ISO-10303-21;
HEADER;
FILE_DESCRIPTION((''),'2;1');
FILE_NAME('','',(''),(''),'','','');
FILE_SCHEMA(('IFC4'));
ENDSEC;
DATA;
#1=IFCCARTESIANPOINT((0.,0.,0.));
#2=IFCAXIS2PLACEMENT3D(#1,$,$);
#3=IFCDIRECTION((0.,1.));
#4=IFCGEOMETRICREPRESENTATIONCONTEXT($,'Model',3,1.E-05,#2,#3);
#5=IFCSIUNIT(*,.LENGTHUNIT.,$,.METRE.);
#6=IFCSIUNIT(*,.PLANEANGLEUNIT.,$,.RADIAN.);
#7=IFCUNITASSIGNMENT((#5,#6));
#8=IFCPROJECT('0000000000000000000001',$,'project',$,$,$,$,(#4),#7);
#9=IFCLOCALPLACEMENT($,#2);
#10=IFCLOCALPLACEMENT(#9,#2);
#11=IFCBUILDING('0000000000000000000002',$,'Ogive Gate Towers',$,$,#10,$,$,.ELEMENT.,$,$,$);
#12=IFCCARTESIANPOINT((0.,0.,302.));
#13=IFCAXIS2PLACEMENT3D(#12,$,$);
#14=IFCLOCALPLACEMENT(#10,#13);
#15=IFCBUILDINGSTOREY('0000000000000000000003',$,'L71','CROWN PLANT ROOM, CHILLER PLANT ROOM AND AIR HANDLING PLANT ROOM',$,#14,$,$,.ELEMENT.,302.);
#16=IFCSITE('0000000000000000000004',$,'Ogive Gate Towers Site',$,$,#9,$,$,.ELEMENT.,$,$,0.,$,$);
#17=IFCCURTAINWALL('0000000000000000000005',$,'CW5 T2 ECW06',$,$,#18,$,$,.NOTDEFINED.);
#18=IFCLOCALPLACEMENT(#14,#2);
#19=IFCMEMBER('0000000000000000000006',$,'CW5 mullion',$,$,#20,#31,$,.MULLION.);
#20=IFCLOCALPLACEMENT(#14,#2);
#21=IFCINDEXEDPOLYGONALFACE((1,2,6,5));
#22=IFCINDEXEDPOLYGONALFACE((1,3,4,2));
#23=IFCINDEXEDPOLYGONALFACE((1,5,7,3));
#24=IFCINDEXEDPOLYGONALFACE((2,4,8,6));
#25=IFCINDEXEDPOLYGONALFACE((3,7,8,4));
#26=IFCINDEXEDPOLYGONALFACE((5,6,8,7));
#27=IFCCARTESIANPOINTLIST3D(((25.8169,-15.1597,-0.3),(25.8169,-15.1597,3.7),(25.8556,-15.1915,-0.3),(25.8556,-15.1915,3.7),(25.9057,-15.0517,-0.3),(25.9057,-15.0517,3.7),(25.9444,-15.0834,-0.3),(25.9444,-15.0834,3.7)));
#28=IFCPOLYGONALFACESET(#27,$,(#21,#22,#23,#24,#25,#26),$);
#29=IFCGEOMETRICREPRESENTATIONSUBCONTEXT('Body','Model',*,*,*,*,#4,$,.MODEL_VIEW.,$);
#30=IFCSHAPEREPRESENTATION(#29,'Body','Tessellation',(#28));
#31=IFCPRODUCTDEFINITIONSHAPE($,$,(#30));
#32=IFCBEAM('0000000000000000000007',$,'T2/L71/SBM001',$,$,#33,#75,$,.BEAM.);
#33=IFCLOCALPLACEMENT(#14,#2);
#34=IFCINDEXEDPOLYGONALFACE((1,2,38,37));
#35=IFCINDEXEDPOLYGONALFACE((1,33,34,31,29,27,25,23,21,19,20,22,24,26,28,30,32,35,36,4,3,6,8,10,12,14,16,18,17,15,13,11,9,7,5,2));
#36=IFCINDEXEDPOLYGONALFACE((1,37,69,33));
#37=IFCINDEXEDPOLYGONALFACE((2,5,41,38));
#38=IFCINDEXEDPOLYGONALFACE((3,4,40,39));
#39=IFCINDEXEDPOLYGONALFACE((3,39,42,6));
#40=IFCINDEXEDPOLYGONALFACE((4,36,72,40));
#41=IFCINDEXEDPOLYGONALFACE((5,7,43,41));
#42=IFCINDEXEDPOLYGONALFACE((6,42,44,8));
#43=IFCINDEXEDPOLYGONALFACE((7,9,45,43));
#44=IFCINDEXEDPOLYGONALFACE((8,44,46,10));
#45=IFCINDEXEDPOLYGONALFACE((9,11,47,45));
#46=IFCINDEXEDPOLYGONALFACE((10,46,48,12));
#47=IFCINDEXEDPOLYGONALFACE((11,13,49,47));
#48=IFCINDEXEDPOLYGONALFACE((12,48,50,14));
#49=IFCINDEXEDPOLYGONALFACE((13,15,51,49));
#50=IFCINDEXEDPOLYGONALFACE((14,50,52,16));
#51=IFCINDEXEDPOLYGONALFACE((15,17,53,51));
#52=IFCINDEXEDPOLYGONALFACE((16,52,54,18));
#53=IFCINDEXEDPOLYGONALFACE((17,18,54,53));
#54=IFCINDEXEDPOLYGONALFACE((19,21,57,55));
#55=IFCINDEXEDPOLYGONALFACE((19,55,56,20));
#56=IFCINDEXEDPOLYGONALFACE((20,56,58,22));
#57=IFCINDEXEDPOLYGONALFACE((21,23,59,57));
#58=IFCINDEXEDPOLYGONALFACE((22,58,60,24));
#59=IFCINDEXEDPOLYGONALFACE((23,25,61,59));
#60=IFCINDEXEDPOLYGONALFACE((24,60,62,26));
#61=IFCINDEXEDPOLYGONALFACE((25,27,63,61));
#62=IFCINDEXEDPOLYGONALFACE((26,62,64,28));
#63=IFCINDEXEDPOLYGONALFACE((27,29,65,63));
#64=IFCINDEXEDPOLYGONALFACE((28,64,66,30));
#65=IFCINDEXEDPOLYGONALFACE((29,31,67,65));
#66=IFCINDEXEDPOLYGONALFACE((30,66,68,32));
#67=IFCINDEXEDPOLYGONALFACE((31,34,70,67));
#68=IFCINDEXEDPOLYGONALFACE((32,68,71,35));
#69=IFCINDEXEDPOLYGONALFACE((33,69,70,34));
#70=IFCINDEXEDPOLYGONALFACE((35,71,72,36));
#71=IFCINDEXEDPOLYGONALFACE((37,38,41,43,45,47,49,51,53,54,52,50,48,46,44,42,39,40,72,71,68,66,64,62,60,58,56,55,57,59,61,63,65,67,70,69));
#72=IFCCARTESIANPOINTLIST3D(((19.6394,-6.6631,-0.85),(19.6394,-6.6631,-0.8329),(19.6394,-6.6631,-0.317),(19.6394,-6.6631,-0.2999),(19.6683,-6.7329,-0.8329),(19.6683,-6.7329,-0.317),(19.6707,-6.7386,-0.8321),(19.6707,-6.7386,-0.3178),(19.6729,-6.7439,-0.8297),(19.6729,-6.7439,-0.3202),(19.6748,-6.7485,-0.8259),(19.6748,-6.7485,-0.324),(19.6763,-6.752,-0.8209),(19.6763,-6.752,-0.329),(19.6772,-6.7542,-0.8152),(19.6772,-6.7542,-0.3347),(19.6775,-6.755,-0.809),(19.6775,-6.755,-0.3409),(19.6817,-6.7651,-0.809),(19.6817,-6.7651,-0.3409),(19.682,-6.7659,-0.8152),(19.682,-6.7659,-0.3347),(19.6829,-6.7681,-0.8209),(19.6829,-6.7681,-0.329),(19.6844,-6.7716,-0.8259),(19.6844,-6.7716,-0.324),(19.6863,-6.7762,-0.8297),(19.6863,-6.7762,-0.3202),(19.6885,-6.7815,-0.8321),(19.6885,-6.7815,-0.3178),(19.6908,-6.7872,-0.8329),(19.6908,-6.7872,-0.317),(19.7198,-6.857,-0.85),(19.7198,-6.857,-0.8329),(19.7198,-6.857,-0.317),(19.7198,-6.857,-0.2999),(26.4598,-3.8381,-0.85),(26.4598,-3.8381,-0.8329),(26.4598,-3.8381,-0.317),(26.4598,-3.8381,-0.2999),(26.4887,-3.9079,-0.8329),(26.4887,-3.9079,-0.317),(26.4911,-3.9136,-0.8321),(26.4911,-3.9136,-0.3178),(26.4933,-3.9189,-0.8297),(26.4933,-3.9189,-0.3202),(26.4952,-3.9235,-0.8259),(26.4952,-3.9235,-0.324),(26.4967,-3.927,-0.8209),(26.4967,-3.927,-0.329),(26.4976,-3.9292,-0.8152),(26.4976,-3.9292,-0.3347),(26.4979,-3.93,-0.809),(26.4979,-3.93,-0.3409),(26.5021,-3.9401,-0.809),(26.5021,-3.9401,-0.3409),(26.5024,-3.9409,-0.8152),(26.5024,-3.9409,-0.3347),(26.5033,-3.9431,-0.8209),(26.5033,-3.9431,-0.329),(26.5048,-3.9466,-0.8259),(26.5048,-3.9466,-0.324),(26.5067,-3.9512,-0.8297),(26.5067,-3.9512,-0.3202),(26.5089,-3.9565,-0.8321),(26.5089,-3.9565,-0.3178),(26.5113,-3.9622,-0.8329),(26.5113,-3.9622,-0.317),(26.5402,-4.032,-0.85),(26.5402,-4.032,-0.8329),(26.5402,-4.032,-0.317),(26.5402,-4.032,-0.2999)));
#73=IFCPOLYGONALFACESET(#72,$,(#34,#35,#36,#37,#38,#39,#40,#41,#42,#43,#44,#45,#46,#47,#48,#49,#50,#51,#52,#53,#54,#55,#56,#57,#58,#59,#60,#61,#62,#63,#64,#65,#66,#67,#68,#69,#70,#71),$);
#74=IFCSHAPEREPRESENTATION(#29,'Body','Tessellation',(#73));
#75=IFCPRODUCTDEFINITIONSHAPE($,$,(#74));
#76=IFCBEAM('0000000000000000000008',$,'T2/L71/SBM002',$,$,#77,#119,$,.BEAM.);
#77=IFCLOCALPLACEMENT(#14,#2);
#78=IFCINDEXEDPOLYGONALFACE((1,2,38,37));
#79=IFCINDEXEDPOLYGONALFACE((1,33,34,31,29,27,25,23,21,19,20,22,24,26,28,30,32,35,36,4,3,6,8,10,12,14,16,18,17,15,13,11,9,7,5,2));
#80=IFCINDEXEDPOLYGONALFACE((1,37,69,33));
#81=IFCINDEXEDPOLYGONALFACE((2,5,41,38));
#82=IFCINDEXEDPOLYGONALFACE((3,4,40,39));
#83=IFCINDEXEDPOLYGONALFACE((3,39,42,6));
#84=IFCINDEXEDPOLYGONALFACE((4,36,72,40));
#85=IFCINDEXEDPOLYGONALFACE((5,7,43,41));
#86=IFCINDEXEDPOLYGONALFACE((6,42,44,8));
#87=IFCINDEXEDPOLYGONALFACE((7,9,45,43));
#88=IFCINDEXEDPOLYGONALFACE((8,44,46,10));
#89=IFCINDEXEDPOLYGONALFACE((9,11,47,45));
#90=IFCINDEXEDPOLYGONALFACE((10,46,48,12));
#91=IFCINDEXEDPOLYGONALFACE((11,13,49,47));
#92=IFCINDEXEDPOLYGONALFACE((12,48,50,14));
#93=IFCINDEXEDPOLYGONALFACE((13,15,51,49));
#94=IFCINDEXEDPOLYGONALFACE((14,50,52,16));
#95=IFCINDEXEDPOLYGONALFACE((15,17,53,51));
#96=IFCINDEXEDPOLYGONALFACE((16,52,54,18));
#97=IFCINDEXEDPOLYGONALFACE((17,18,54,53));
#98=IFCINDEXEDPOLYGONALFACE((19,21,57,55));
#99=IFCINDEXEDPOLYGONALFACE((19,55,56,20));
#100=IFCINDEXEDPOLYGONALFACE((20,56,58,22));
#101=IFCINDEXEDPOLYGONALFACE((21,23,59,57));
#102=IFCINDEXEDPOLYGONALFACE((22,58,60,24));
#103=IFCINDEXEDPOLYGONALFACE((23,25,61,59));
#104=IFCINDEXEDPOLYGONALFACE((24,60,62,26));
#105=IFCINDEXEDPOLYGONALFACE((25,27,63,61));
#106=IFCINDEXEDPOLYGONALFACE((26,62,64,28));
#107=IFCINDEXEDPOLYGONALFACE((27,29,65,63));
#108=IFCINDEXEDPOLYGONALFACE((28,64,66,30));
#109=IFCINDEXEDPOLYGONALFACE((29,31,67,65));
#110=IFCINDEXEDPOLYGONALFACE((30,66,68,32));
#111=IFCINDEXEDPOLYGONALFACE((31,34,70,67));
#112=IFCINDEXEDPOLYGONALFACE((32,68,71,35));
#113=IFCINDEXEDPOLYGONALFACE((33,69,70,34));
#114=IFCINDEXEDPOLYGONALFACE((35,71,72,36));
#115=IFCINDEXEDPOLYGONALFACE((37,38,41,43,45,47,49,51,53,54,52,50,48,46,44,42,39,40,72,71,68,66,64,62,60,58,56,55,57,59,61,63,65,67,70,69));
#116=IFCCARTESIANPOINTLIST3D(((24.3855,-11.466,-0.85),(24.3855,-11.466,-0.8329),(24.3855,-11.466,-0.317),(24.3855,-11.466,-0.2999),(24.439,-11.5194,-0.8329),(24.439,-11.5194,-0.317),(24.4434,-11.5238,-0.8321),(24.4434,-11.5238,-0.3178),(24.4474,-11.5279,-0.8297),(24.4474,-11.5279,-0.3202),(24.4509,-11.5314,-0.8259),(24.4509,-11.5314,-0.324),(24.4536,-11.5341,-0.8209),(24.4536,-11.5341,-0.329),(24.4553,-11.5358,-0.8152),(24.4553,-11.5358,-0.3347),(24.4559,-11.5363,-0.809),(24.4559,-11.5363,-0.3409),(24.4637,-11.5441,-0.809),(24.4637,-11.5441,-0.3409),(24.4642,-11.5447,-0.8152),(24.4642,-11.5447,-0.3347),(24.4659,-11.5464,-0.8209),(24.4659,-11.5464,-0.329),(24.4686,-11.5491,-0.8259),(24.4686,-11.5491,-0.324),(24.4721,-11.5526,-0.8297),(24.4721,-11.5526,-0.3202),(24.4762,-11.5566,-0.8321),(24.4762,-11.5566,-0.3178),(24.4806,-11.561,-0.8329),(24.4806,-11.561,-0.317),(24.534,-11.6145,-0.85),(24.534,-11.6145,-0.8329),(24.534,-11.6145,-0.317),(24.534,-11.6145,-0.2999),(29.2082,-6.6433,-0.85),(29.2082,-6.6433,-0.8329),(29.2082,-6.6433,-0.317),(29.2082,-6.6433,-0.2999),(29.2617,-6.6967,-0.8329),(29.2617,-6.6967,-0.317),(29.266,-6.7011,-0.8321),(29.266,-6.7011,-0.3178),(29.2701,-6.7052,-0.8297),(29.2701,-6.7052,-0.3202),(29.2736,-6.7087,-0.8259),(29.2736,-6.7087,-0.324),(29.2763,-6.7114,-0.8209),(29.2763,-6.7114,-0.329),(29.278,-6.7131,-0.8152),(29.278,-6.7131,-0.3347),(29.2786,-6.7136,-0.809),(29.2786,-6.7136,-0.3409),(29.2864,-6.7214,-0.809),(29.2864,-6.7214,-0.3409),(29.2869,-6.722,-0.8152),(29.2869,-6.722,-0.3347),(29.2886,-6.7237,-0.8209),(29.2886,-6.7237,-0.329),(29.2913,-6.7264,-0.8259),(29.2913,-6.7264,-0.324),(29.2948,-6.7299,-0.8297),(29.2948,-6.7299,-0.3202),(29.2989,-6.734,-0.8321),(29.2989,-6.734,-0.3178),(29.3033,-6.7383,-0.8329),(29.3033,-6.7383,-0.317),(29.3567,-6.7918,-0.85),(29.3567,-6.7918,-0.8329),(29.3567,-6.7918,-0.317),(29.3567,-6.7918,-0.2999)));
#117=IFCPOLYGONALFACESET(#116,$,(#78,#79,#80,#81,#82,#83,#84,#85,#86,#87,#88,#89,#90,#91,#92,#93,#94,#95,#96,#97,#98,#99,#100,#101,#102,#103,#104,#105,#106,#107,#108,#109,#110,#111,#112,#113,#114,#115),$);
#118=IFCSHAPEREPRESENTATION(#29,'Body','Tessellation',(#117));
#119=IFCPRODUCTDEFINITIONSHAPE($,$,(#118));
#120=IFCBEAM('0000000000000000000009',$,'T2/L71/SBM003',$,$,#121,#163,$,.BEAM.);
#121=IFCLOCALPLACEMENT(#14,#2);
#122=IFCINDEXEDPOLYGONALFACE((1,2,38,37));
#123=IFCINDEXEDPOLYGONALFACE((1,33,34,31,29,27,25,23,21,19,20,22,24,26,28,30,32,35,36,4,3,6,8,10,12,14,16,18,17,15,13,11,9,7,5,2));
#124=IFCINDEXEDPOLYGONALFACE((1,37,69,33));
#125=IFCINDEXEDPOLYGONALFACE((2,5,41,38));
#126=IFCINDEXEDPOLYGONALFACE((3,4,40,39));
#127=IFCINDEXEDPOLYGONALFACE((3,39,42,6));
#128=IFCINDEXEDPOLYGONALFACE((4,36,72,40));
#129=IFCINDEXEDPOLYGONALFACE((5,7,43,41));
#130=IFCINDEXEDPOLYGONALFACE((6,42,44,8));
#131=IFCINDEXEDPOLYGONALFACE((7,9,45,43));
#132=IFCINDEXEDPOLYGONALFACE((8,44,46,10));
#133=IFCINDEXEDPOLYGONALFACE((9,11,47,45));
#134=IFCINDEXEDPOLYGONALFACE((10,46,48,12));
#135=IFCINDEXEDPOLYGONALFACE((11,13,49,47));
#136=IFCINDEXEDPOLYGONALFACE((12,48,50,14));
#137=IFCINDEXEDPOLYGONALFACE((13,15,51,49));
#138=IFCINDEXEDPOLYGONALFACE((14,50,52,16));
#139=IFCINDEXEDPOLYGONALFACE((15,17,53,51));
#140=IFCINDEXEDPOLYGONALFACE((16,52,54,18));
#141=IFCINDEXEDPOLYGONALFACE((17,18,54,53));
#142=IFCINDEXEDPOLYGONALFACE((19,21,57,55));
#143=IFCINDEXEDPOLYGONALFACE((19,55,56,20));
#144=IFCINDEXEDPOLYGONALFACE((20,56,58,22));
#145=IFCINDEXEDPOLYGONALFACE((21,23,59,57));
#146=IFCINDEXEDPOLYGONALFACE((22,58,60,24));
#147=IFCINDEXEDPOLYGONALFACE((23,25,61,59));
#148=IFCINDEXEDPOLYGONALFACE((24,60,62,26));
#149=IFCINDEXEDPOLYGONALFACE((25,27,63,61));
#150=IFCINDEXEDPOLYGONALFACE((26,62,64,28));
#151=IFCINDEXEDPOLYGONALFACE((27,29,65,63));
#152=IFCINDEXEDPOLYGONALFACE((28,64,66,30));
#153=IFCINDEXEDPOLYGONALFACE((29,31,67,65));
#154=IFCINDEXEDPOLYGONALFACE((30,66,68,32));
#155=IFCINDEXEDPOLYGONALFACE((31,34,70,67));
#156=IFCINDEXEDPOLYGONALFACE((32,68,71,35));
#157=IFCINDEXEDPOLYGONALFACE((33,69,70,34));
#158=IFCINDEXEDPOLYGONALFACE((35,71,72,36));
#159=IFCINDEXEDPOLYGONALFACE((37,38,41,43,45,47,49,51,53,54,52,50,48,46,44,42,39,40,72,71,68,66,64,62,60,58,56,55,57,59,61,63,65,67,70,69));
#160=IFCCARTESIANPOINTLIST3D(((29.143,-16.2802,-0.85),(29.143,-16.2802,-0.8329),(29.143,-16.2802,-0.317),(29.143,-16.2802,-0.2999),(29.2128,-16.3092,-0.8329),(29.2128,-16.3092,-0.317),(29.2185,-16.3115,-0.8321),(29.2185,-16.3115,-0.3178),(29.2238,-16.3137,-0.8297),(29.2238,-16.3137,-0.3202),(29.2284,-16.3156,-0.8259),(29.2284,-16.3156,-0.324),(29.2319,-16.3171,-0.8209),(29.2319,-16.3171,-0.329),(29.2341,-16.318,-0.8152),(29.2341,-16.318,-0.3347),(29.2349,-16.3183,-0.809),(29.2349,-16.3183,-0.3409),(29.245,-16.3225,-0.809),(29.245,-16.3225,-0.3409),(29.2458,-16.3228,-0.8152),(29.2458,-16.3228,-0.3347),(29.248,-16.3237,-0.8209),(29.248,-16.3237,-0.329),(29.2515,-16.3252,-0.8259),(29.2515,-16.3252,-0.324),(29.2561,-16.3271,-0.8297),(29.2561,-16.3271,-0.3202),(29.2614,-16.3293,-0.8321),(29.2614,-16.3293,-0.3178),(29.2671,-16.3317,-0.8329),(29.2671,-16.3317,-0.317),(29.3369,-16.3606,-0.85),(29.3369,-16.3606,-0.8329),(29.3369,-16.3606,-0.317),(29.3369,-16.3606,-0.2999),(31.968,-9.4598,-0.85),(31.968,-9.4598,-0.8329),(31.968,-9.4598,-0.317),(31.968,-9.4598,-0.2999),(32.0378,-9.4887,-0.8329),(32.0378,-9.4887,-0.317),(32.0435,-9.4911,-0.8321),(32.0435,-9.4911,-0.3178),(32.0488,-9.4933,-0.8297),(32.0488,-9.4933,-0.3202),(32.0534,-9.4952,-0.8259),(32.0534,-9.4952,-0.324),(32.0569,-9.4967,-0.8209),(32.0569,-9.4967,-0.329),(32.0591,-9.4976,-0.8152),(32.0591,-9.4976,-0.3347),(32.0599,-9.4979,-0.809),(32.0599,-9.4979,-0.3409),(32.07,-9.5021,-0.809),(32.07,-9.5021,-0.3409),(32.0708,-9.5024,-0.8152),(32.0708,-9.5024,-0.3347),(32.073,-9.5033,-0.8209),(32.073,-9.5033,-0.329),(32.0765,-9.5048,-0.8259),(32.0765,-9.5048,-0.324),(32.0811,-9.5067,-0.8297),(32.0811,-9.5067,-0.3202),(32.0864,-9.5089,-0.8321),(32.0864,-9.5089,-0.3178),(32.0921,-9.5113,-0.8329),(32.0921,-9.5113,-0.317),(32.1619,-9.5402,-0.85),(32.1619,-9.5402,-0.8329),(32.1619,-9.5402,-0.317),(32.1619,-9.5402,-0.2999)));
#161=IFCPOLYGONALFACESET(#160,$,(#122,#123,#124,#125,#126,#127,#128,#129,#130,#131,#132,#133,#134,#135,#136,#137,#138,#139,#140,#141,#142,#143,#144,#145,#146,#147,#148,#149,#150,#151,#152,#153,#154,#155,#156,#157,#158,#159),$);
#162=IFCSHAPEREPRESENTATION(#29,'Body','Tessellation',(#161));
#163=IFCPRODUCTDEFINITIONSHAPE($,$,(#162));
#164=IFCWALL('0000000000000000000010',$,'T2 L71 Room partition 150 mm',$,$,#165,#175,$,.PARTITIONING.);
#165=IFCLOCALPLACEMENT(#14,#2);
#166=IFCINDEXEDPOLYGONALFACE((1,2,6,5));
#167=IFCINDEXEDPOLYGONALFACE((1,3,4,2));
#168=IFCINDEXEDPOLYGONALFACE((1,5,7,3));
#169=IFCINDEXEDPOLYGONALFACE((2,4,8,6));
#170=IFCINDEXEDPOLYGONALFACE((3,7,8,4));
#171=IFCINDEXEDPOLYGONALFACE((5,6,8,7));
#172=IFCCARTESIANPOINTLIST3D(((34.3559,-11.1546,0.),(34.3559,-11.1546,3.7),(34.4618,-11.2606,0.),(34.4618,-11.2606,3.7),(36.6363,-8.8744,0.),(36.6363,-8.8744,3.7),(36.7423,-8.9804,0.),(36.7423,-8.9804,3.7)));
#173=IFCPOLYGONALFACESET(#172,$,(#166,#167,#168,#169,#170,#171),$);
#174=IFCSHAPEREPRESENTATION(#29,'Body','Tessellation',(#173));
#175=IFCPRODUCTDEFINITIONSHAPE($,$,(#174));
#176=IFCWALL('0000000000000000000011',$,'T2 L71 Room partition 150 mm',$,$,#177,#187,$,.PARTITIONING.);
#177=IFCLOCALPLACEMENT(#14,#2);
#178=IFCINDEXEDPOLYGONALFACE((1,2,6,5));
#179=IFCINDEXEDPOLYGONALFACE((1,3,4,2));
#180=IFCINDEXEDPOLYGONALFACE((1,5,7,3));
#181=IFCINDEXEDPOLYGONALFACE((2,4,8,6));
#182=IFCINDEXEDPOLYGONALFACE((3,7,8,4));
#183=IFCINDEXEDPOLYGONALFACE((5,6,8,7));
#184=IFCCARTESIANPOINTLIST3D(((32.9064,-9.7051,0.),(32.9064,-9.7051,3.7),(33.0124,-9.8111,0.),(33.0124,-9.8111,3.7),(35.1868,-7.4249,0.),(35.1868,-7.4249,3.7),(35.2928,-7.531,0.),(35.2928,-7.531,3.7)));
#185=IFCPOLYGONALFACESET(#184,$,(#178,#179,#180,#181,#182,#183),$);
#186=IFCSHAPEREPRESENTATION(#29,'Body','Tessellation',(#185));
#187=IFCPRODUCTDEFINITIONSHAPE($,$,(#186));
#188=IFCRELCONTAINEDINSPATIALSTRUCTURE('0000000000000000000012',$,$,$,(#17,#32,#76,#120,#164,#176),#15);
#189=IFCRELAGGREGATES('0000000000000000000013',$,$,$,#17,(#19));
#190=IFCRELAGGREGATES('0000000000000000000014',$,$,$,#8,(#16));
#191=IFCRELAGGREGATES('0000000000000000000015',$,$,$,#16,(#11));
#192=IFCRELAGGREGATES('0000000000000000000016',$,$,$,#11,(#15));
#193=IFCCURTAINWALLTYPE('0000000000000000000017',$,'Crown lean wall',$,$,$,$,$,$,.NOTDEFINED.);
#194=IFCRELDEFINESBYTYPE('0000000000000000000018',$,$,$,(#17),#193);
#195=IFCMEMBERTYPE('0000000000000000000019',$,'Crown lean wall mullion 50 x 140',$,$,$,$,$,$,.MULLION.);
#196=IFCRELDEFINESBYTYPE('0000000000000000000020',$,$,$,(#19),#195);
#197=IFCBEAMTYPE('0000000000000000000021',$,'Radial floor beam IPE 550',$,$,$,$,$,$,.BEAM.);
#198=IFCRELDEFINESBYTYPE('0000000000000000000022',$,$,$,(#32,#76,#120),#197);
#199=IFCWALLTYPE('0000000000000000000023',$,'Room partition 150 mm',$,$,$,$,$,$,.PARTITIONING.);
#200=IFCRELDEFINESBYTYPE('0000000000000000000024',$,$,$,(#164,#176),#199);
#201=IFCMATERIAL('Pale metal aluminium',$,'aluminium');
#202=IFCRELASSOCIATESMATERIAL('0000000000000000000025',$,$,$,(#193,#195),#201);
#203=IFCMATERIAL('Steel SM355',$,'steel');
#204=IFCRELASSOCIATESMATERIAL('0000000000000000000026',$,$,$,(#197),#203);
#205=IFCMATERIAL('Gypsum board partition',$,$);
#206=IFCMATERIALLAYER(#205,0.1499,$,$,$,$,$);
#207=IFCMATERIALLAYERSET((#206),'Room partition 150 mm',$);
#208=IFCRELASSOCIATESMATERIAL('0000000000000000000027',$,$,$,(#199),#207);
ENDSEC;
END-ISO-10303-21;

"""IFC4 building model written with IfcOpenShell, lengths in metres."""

from ifc_helpers import new_model, si_unit, direction, frame, frame_2d, origin, origin_2d, place, context, subcontext, project, spatial, rectangle, i_section, extrude, material, layer, layer_set, material_profile, profile_set, type_object, element, aggregate, save


model = new_model("IFC4")

# Units and contexts
model_context = context("Model", 3, precision=1e-05, world=origin(), true_north=direction((0.0, 1.0)))
body_context = subcontext(model_context, "Body", "Model", "MODEL_VIEW")
ifc_project = project(units=[si_unit("LENGTHUNIT", "METRE"), si_unit("PLANEANGLEUNIT", "RADIAN")], contexts=[model_context])

# Site, building, storey
site_placement = place(None, origin())
site = spatial("IfcSite", under=ifc_project, at=site_placement, Name="Ogive Gate Towers Site", CompositionType="ELEMENT", RefElevation=0.0)
building_placement = place(site_placement, origin())
building = spatial("IfcBuilding", under=site, at=building_placement, Name="Ogive Gate Towers", CompositionType="ELEMENT")
storey_placement = place(building_placement, frame((0.0, 0.0, 302.0)))
storey = spatial("IfcBuildingStorey", under=building, at=storey_placement, Name="L71", Description="CROWN PLANT ROOM, CHILLER PLANT ROOM AND AIR HANDLING PLANT ROOM", CompositionType="ELEMENT", Elevation=302.0)

# Curtain wall, member
ifc_material_1 = material(Name="Pale metal aluminium", Category="aluminium")
curtain_wall_type = type_object("IfcCurtainWallType", Name="Crown lean wall", PredefinedType="NOTDEFINED", material=ifc_material_1)
curtain_wall_placement = place(storey_placement, origin())
curtain_wall = element("IfcCurtainWall", 1, at=curtain_wall_placement, inside=storey, type_object=curtain_wall_type, Name="CW5 T2 ECW06", PredefinedType="NOTDEFINED")
ifc_material_profile_1 = material_profile(ifc_material_1, rectangle(XDim=0.1399, YDim=0.05, at=origin_2d()), Name="50 x 140 aluminium box")
ifc_profile_set_1 = profile_set([ifc_material_profile_1], Name="Pale metal aluminium")
member_type = type_object("IfcMemberType", Name="Crown lean wall mullion 50 x 140", PredefinedType="MULLION", material=ifc_profile_set_1)
member_placement = place(storey_placement, frame((25.8806, -15.1216, -0.3), z_axis=(0.0, 0.0, 1.0), x_axis=(0.634784, 0.772689, 0.0)))
member = element("IfcMember", 2, at=member_placement, type_object=member_type, Name="CW5 mullion", PredefinedType="MULLION", context=body_context, shape_type="SweptSolid", body=[
    extrude(rectangle(XDim=0.1399, YDim=0.05, at=origin_2d()), origin(), (0.0, 0.0, 1.0), 4.0),
])
aggregate(curtain_wall, [member])

# Beams
ifc_material_2 = material(Name="Steel SM355", Category="steel")
ifc_material_profile_2 = material_profile(ifc_material_2, i_section(OverallWidth=0.21, OverallDepth=0.55, WebThickness=0.011, FlangeThickness=0.0171, FilletRadius=0.0239, at=origin_2d()), Name="IPE 550")
ifc_profile_set_2 = profile_set([ifc_material_profile_2], Name="Steel SM355")
beam_type = type_object("IfcBeamType", Name="Radial floor beam IPE 550", PredefinedType="BEAM", material=ifc_profile_set_2)
beam_1_placement = place(storey_placement, frame((26.5, -3.9351, -0.575), z_axis=(-0.923885, -0.38267, 0.0), x_axis=(0.38267, -0.923885, 0.0)))
element("IfcBeam", 3, at=beam_1_placement, inside=storey, type_object=beam_type, Name="T2/L71/SBM001", PredefinedType="BEAM", context=body_context, shape_type="SweptSolid", body=[
    extrude(i_section(OverallWidth=0.21, OverallDepth=0.55, WebThickness=0.011, FlangeThickness=0.0171, FilletRadius=0.0239, at=origin_2d()), origin(), (0.0, 0.0, 1.0), 7.3823),
])
beam_2_placement = place(storey_placement, frame((29.2825, -6.7175, -0.575), z_axis=(-0.707107, -0.707107, 0.0), x_axis=(0.707107, -0.707107, 0.0)))
element("IfcBeam", 4, at=beam_2_placement, inside=storey, type_object=beam_type, Name="T2/L71/SBM002", PredefinedType="BEAM", context=body_context, shape_type="SweptSolid", body=[
    extrude(i_section(OverallWidth=0.21, OverallDepth=0.55, WebThickness=0.011, FlangeThickness=0.0171, FilletRadius=0.0239, at=origin_2d()), origin(), (0.0, 0.0, 1.0), 6.8203),
])
beam_3_placement = place(storey_placement, frame((32.0649, -9.5, -0.575), z_axis=(-0.38267, -0.923885, 0.0), x_axis=(0.923885, -0.38267, 0.0)))
element("IfcBeam", 5, at=beam_3_placement, inside=storey, type_object=beam_type, Name="T2/L71/SBM003", PredefinedType="BEAM", context=body_context, shape_type="SweptSolid", body=[
    extrude(i_section(OverallWidth=0.21, OverallDepth=0.55, WebThickness=0.011, FlangeThickness=0.0171, FilletRadius=0.0239, at=origin_2d()), origin(), (0.0, 0.0, 1.0), 7.3823),
])

# Walls
ifc_material_3 = material(Name="Gypsum board partition")
ifc_layer_1 = layer(ifc_material_3, 0.1499)
ifc_layer_set_1 = layer_set([ifc_layer_1], Name="Room partition 150 mm")
wall_type_1 = type_object("IfcWallType", Name="Room partition 150 mm", PredefinedType="PARTITIONING", material=ifc_layer_set_1)
for number, where, z_axis, x_axis, name in (
    (6, (34.4089, -11.2075, 0.0), (0.0, 0.0, 1.0), (0.707145, 0.707069, 0.0), "T2 L71 Room partition 150 mm"),
    (7, (32.9595, -9.7581, 0.0), (0.0, 0.0, 1.0), (0.707145, 0.707069, 0.0), "T2 L71 Room partition 150 mm"),
):
    element("IfcWall", number, at=place(storey_placement, frame(where, z_axis=z_axis, x_axis=x_axis)), inside=storey, type_object=wall_type_1, Name=name, PredefinedType="PARTITIONING", context=body_context, shape_type="SweptSolid", body=[
        extrude(rectangle(XDim=3.2249, YDim=0.1499, at=frame_2d((1.6123, 0.0))), origin(), (0.0, 0.0, 1.0), 3.7),
    ])

save(model, "model.ifc")
